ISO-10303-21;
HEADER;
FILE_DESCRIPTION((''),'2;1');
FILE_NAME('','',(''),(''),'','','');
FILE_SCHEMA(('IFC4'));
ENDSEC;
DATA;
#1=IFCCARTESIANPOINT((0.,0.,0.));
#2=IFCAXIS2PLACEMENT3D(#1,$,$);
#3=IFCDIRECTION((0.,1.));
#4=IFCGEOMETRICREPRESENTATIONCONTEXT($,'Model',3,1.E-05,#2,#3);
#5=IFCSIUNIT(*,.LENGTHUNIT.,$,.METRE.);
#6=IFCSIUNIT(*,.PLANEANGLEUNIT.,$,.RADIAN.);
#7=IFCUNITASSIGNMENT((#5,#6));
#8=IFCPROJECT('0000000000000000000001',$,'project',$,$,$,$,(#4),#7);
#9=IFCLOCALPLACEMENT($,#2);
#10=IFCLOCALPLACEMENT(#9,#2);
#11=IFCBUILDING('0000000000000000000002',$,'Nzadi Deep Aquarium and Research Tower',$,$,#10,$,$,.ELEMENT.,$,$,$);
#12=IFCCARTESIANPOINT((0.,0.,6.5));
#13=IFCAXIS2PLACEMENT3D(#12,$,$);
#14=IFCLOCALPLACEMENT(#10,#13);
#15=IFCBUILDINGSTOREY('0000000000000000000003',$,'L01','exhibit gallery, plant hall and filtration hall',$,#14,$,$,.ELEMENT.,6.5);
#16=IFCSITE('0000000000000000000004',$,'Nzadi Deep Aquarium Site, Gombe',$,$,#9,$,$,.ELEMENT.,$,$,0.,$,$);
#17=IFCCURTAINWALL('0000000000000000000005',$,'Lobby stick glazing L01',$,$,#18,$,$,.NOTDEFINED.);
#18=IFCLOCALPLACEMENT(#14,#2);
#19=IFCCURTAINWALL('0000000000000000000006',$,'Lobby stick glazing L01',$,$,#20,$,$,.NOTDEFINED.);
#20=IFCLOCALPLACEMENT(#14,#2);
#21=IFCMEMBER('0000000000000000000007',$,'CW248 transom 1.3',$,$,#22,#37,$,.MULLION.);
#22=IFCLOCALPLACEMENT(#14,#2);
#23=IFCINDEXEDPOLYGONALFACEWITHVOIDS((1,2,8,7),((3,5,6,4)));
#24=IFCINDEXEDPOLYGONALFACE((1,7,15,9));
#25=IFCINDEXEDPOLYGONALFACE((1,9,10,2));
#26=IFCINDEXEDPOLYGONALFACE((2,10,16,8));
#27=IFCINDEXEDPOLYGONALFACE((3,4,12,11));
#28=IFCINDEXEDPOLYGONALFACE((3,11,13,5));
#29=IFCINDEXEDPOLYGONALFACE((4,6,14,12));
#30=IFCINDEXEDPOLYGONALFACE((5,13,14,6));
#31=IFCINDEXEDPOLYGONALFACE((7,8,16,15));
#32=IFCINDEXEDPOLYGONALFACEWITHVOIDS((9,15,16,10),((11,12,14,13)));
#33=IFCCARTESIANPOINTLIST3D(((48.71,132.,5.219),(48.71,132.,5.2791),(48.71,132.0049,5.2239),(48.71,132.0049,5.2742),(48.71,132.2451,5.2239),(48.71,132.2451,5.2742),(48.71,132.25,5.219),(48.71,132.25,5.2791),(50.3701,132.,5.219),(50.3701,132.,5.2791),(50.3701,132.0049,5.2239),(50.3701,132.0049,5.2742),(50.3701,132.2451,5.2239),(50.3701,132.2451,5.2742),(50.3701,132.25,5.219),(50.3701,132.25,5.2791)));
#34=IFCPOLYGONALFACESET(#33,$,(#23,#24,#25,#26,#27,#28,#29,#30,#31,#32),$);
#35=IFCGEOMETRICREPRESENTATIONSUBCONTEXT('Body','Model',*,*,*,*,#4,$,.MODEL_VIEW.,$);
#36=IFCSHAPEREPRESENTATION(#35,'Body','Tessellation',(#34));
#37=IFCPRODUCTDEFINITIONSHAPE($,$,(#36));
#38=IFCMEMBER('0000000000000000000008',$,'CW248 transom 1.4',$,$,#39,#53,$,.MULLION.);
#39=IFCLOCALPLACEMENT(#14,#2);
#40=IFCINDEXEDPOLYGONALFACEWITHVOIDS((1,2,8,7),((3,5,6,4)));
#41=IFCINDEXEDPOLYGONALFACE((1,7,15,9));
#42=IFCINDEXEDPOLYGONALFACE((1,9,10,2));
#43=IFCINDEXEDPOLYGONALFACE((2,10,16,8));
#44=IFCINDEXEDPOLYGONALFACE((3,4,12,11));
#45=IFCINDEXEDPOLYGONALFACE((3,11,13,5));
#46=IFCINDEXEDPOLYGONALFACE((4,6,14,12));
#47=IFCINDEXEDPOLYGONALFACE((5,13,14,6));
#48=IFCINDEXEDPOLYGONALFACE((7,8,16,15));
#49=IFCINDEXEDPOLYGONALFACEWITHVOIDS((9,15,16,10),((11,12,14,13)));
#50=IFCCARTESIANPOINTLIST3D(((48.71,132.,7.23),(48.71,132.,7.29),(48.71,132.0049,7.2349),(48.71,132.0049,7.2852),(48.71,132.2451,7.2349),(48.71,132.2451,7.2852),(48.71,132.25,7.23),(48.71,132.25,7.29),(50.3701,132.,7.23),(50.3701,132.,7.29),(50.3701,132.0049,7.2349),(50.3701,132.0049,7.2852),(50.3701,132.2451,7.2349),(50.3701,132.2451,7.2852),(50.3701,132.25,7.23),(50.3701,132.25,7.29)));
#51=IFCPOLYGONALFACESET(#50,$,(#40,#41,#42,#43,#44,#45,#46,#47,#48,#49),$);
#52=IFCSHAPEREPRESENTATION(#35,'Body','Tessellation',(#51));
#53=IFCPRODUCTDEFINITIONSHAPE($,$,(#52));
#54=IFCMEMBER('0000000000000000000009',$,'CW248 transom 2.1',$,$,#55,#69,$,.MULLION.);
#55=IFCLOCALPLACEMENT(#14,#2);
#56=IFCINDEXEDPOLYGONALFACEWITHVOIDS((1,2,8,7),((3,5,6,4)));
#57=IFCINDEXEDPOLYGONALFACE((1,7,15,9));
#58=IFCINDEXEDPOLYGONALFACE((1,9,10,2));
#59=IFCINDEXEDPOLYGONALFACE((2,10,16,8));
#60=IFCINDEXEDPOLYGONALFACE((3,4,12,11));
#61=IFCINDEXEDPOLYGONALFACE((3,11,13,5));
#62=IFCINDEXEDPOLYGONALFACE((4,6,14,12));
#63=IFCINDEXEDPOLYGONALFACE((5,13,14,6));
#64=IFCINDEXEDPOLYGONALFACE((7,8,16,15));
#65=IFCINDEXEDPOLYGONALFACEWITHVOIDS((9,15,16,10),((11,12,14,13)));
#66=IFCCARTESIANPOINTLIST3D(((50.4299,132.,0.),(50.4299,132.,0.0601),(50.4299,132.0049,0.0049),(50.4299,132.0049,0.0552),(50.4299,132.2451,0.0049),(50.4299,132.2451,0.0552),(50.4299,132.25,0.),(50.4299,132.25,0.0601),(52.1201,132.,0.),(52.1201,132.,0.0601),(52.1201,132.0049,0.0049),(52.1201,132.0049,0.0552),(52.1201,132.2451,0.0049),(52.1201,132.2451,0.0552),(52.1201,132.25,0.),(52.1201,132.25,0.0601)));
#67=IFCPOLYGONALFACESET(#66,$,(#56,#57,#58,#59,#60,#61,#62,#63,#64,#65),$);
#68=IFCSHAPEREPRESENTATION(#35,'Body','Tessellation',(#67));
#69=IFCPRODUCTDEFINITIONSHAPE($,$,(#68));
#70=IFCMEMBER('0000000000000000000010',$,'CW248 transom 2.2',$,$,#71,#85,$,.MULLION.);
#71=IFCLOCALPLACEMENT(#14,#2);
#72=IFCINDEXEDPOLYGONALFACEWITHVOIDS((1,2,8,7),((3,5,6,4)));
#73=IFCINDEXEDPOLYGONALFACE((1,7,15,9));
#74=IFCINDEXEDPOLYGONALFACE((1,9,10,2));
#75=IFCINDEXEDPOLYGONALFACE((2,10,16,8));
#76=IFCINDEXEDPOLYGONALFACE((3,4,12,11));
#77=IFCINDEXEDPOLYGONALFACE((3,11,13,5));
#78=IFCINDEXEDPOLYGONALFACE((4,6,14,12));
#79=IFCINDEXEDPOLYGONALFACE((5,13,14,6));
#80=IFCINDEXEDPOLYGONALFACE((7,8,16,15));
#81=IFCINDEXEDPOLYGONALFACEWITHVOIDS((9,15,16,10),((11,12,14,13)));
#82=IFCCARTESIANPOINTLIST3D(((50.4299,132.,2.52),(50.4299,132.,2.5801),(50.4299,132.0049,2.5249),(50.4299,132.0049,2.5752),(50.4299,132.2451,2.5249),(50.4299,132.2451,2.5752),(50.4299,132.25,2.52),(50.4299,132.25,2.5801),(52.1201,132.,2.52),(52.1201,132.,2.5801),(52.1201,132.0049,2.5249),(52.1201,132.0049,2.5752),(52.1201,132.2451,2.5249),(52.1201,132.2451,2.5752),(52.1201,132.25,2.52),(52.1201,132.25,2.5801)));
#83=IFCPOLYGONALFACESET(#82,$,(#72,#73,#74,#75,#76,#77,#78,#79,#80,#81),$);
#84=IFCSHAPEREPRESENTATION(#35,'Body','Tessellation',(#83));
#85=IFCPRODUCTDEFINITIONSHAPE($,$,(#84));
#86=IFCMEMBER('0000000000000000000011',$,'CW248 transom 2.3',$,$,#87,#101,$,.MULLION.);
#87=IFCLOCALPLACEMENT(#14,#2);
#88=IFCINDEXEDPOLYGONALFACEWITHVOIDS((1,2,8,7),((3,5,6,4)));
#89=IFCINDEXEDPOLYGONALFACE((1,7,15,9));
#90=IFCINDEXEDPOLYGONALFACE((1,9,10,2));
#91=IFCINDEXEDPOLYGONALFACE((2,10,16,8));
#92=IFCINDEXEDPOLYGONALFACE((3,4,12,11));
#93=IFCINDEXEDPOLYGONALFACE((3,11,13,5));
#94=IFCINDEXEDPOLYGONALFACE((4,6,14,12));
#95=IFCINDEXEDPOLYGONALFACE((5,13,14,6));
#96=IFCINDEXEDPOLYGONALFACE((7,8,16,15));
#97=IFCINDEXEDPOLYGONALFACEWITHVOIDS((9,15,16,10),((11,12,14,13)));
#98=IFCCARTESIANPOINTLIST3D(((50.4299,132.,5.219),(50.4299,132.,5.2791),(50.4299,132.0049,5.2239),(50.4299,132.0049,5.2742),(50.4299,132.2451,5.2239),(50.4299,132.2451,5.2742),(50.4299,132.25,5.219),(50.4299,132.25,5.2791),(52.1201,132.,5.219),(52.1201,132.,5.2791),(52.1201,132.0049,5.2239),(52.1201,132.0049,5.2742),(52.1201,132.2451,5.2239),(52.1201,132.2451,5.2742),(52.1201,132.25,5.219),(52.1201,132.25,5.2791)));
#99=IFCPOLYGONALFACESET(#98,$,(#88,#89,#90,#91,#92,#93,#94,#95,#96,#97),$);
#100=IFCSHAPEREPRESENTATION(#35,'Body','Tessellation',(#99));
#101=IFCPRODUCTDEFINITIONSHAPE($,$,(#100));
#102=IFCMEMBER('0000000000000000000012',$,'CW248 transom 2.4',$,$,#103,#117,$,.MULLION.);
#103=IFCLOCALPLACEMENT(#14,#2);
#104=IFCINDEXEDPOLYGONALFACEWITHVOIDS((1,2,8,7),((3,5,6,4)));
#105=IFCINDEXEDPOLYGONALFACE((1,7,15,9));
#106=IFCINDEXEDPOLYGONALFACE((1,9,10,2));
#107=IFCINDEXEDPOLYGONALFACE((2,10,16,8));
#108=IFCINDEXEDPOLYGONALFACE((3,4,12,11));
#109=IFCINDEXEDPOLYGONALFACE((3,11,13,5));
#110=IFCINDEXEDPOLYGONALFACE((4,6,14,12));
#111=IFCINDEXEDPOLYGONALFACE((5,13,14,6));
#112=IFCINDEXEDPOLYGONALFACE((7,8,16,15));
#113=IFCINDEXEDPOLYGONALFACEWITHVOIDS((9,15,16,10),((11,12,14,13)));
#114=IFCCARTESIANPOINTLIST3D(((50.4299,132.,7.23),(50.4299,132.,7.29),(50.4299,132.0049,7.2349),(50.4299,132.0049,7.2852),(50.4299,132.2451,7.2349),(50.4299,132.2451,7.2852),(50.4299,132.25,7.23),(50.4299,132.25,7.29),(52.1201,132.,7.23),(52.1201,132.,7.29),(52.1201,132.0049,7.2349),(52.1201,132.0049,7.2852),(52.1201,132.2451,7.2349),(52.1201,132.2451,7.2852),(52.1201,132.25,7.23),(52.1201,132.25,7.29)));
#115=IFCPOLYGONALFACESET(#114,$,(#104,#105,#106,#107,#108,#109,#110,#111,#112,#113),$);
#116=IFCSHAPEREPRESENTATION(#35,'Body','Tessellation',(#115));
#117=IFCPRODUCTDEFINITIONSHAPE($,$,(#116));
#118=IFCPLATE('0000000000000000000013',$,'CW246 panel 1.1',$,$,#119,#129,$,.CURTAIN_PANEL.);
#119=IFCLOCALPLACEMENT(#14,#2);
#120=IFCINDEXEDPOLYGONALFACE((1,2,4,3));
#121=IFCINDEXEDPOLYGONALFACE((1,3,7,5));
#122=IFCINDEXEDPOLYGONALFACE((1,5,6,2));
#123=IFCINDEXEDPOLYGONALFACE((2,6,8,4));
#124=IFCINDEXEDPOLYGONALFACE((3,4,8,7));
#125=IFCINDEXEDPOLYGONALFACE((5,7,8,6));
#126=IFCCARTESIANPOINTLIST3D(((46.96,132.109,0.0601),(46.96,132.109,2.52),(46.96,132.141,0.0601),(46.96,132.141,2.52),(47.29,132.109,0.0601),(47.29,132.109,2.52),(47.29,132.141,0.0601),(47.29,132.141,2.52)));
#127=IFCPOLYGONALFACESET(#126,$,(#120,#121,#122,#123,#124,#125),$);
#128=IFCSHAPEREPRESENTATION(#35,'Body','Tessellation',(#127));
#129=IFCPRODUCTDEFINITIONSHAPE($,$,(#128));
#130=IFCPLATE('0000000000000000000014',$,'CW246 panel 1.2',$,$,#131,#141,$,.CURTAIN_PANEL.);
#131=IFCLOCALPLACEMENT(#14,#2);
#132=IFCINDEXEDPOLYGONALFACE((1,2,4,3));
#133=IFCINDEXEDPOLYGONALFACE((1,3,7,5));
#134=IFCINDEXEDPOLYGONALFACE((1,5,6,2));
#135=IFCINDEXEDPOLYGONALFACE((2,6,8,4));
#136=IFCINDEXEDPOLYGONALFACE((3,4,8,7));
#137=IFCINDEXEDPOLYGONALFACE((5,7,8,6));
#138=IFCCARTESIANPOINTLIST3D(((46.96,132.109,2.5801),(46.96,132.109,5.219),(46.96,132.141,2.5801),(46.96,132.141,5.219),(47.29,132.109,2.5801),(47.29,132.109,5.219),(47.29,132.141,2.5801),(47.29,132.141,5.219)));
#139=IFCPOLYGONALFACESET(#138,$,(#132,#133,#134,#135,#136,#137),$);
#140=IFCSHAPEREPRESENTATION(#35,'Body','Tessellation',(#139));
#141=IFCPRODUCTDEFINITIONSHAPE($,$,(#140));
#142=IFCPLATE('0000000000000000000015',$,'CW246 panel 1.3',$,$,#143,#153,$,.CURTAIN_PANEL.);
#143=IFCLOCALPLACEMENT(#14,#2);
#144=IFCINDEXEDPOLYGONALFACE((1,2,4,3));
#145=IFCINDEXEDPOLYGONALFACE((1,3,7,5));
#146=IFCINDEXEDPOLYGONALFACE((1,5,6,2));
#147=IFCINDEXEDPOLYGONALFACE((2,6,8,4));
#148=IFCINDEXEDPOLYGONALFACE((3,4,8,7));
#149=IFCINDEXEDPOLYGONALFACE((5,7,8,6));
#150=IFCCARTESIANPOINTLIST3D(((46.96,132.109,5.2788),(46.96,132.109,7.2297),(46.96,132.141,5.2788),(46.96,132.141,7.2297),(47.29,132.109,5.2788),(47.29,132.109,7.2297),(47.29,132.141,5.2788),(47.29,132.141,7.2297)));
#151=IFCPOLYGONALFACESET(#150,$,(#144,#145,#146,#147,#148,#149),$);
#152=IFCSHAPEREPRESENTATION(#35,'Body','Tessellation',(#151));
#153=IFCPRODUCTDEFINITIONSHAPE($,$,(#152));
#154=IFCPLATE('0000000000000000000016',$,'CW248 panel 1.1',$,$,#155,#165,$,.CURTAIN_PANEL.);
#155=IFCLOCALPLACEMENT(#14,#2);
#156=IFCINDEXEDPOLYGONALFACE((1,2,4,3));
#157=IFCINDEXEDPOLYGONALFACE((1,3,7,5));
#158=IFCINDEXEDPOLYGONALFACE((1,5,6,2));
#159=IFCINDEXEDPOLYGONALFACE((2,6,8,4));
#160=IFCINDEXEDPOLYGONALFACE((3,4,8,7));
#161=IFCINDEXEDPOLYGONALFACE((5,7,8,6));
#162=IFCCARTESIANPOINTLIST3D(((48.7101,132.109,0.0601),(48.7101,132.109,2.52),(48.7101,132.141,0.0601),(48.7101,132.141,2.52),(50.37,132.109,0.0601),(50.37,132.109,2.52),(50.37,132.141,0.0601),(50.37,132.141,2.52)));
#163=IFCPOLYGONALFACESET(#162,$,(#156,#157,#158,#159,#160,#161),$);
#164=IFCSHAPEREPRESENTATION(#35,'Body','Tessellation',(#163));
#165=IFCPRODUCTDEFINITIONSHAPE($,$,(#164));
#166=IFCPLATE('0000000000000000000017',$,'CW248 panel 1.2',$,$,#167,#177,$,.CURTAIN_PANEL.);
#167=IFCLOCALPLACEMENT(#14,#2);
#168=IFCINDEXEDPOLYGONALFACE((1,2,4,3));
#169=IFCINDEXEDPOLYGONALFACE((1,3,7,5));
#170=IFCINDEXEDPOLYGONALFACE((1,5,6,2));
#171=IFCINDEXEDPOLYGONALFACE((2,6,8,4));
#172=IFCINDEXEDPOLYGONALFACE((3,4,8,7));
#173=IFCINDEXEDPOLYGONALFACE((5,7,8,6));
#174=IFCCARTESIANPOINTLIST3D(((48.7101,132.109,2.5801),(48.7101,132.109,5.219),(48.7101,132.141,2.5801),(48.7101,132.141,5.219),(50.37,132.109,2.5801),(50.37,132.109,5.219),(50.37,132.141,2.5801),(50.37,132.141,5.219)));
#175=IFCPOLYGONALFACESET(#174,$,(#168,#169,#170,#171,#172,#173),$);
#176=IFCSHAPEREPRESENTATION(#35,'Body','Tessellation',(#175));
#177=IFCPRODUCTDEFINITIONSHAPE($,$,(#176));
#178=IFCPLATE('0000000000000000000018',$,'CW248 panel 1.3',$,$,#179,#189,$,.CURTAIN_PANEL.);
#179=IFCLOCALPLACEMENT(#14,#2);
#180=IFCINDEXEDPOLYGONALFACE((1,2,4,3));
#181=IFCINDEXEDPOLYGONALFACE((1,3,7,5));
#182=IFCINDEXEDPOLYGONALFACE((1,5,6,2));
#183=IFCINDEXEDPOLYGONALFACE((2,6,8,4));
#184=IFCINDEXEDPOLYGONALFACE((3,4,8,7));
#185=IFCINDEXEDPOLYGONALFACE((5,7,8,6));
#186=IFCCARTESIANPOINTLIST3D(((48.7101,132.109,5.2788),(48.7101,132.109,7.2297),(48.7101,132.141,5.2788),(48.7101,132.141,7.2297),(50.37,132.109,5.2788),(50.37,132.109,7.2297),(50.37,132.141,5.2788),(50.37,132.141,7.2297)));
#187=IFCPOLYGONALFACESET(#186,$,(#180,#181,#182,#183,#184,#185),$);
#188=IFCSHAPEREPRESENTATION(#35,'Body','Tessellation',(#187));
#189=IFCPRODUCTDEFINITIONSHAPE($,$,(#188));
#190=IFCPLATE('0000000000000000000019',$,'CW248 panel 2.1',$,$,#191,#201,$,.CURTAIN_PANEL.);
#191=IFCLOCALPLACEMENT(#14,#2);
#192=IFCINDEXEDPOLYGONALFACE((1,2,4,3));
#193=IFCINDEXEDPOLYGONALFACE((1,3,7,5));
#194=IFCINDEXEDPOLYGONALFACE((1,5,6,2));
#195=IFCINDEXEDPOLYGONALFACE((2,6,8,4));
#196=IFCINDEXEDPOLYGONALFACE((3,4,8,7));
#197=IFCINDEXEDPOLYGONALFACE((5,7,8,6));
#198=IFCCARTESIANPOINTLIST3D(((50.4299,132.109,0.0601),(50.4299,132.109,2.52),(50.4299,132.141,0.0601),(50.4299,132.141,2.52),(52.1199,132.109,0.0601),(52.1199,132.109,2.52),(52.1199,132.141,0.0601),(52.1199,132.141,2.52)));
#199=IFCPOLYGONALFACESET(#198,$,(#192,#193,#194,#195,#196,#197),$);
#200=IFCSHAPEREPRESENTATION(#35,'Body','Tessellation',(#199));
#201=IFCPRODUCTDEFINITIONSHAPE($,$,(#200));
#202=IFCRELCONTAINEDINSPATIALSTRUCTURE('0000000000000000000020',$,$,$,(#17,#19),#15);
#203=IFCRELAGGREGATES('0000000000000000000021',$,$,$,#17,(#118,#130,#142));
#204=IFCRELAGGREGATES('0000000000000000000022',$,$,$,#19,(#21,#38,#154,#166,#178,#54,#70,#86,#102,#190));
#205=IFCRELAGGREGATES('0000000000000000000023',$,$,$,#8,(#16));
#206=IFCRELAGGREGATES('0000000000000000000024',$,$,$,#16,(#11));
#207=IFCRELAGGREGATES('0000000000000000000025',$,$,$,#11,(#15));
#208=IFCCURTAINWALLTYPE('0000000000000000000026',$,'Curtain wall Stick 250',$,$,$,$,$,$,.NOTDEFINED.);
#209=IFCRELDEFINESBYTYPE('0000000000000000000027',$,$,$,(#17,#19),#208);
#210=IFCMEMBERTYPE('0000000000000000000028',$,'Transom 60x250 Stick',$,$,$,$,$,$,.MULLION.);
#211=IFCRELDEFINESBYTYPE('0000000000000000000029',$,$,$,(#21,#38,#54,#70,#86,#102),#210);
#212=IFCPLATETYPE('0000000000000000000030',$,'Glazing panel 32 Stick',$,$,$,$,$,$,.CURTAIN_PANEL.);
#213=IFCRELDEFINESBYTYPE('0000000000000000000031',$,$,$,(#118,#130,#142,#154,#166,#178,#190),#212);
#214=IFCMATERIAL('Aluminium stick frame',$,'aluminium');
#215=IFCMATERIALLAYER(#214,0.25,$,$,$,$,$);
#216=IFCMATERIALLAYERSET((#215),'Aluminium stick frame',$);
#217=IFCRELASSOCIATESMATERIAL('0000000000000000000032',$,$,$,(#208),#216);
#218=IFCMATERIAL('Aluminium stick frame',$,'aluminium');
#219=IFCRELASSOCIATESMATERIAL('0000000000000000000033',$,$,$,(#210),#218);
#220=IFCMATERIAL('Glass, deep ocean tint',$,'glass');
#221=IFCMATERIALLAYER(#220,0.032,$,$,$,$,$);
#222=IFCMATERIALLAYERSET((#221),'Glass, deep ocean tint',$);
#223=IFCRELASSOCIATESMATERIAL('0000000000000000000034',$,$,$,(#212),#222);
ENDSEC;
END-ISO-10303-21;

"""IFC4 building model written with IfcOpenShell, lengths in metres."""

from ifc_helpers import new_model, si_unit, direction, frame, origin, origin_2d, place, context, subcontext, project, spatial, rectangle, hollow_rectangle, extrude, material, layer, layer_set, material_profile, profile_set, type_object, element, aggregate, save


model = new_model("IFC4")

# Units and contexts
model_context = context("Model", 3, precision=1e-05, world=origin(), true_north=direction((0.0, 1.0)))
body_context = subcontext(model_context, "Body", "Model", "MODEL_VIEW")
ifc_project = project(units=[si_unit("LENGTHUNIT", "METRE"), si_unit("PLANEANGLEUNIT", "RADIAN")], contexts=[model_context])

# Site, building, storey
site_placement = place(None, origin())
site = spatial("IfcSite", under=ifc_project, at=site_placement, Name="Nzadi Deep Aquarium Site, Gombe", CompositionType="ELEMENT", RefElevation=0.0)
building_placement = place(site_placement, origin())
building = spatial("IfcBuilding", under=site, at=building_placement, Name="Nzadi Deep Aquarium and Research Tower", CompositionType="ELEMENT")
storey_placement = place(building_placement, frame((0.0, 0.0, 6.5)))
storey = spatial("IfcBuildingStorey", under=building, at=storey_placement, Name="L01", Description="exhibit gallery, plant hall and filtration hall", CompositionType="ELEMENT", Elevation=6.5)

# Curtain wall
ifc_material_1 = material(Name="Aluminium stick frame", Category="aluminium")
ifc_layer_1 = layer(ifc_material_1, 0.25)
ifc_layer_set_1 = layer_set([ifc_layer_1], Name="Aluminium stick frame")
curtain_wall_type = type_object("IfcCurtainWallType", Name="Curtain wall Stick 250", PredefinedType="NOTDEFINED", material=ifc_layer_set_1)
curtain_wall_1_placement = place(storey_placement, origin())
curtain_wall_1 = element("IfcCurtainWall", 1, at=curtain_wall_1_placement, inside=storey, type_object=curtain_wall_type, Name="Lobby stick glazing L01", PredefinedType="NOTDEFINED")

# Curtain wall
curtain_wall_2_placement = place(storey_placement, origin())
curtain_wall_2 = element("IfcCurtainWall", 2, at=curtain_wall_2_placement, inside=storey, type_object=curtain_wall_type, Name="Lobby stick glazing L01", PredefinedType="NOTDEFINED")

# Members
ifc_material_2 = material(Name="Aluminium stick frame", Category="aluminium")
ifc_material_profile_1 = material_profile(ifc_material_2, hollow_rectangle(XDim=0.25, YDim=0.0601, WallThickness=0.0049, at=origin_2d()))
ifc_profile_set_1 = profile_set([ifc_material_profile_1], Name="Aluminium stick frame")
member_type_1 = type_object("IfcMemberType", Name="Transom 60x250 Stick", PredefinedType="MULLION", material=ifc_profile_set_1)
member_1_placement = place(storey_placement, frame((48.71, 132.125, 5.249), z_axis=(1.0, 0.0, 0.0), x_axis=(0.0, 1.0, 0.0)))
member_1 = element("IfcMember", 3, at=member_1_placement, type_object=member_type_1, Name="CW248 transom 1.3", PredefinedType="MULLION", context=body_context, shape_type="SweptSolid", body=[
    extrude(hollow_rectangle(XDim=0.25, YDim=0.0601, WallThickness=0.0049, at=origin_2d()), origin(), (0.0, 0.0, 1.0), 1.6602),
])
member_2_placement = place(storey_placement, frame((48.71, 132.125, 7.26), z_axis=(1.0, 0.0, 0.0), x_axis=(0.0, 1.0, 0.0)))
member_2 = element("IfcMember", 4, at=member_2_placement, type_object=member_type_1, Name="CW248 transom 1.4", PredefinedType="MULLION", context=body_context, shape_type="SweptSolid", body=[
    extrude(hollow_rectangle(XDim=0.25, YDim=0.0601, WallThickness=0.0049, at=origin_2d()), origin(), (0.0, 0.0, 1.0), 1.6602),
])
member_3_placement = place(storey_placement, frame((50.4299, 132.125, 0.03), z_axis=(1.0, 0.0, 0.0), x_axis=(0.0, 1.0, 0.0)))
member_3 = element("IfcMember", 5, at=member_3_placement, type_object=member_type_1, Name="CW248 transom 2.1", PredefinedType="MULLION", context=body_context, shape_type="SweptSolid", body=[
    extrude(hollow_rectangle(XDim=0.25, YDim=0.0601, WallThickness=0.0049, at=origin_2d()), origin(), (0.0, 0.0, 1.0), 1.6902),
])
member_4_placement = place(storey_placement, frame((50.4299, 132.125, 2.55), z_axis=(1.0, 0.0, 0.0), x_axis=(0.0, 1.0, 0.0)))
member_4 = element("IfcMember", 6, at=member_4_placement, type_object=member_type_1, Name="CW248 transom 2.2", PredefinedType="MULLION", context=body_context, shape_type="SweptSolid", body=[
    extrude(hollow_rectangle(XDim=0.25, YDim=0.0601, WallThickness=0.0049, at=origin_2d()), origin(), (0.0, 0.0, 1.0), 1.6902),
])
member_5_placement = place(storey_placement, frame((50.4299, 132.125, 5.249), z_axis=(1.0, 0.0, 0.0), x_axis=(0.0, 1.0, 0.0)))
member_5 = element("IfcMember", 7, at=member_5_placement, type_object=member_type_1, Name="CW248 transom 2.3", PredefinedType="MULLION", context=body_context, shape_type="SweptSolid", body=[
    extrude(hollow_rectangle(XDim=0.25, YDim=0.0601, WallThickness=0.0049, at=origin_2d()), origin(), (0.0, 0.0, 1.0), 1.6902),
])
member_6_placement = place(storey_placement, frame((50.4299, 132.125, 7.26), z_axis=(1.0, 0.0, 0.0), x_axis=(0.0, 1.0, 0.0)))
member_6 = element("IfcMember", 8, at=member_6_placement, type_object=member_type_1, Name="CW248 transom 2.4", PredefinedType="MULLION", context=body_context, shape_type="SweptSolid", body=[
    extrude(hollow_rectangle(XDim=0.25, YDim=0.0601, WallThickness=0.0049, at=origin_2d()), origin(), (0.0, 0.0, 1.0), 1.6902),
])

# Plates
ifc_material_3 = material(Name="Glass, deep ocean tint", Category="glass")
ifc_layer_2 = layer(ifc_material_3, 0.032)
ifc_layer_set_2 = layer_set([ifc_layer_2], Name="Glass, deep ocean tint")
plate_type = type_object("IfcPlateType", Name="Glazing panel 32 Stick", PredefinedType="CURTAIN_PANEL", material=ifc_layer_set_2)
plate_1_placement = place(storey_placement, frame((47.125, 132.125, 0.0601), z_axis=(0.0, 0.0, 1.0), x_axis=(1.0, 0.0, 0.0)))
plate_1 = element("IfcPlate", 9, at=plate_1_placement, type_object=plate_type, Name="CW246 panel 1.1", PredefinedType="CURTAIN_PANEL", context=body_context, shape_type="SweptSolid", body=[
    extrude(rectangle(XDim=0.3301, YDim=0.032, at=origin_2d()), origin(), (0.0, 0.0, 1.0), 2.46),
])
plate_2_placement = place(storey_placement, frame((47.125, 132.125, 2.5801), z_axis=(0.0, 0.0, 1.0), x_axis=(1.0, 0.0, 0.0)))
plate_2 = element("IfcPlate", 10, at=plate_2_placement, type_object=plate_type, Name="CW246 panel 1.2", PredefinedType="CURTAIN_PANEL", context=body_context, shape_type="SweptSolid", body=[
    extrude(rectangle(XDim=0.3301, YDim=0.032, at=origin_2d()), origin(), (0.0, 0.0, 1.0), 2.6389),
])
plate_3_placement = place(storey_placement, frame((47.125, 132.125, 5.2788), z_axis=(0.0, 0.0, 1.0), x_axis=(1.0, 0.0, 0.0)))
plate_3 = element("IfcPlate", 11, at=plate_3_placement, type_object=plate_type, Name="CW246 panel 1.3", PredefinedType="CURTAIN_PANEL", context=body_context, shape_type="SweptSolid", body=[
    extrude(rectangle(XDim=0.3301, YDim=0.032, at=origin_2d()), origin(), (0.0, 0.0, 1.0), 1.9509),
])
aggregate(curtain_wall_1, [plate_1, plate_2, plate_3])
plate_4_placement = place(storey_placement, frame((49.54, 132.125, 0.0601), z_axis=(0.0, 0.0, 1.0), x_axis=(1.0, 0.0, 0.0)))
plate_4 = element("IfcPlate", 12, at=plate_4_placement, type_object=plate_type, Name="CW248 panel 1.1", PredefinedType="CURTAIN_PANEL", context=body_context, shape_type="SweptSolid", body=[
    extrude(rectangle(XDim=1.6599, YDim=0.032, at=origin_2d()), origin(), (0.0, 0.0, 1.0), 2.46),
])
plate_5_placement = place(storey_placement, frame((49.54, 132.125, 2.5801), z_axis=(0.0, 0.0, 1.0), x_axis=(1.0, 0.0, 0.0)))
plate_5 = element("IfcPlate", 13, at=plate_5_placement, type_object=plate_type, Name="CW248 panel 1.2", PredefinedType="CURTAIN_PANEL", context=body_context, shape_type="SweptSolid", body=[
    extrude(rectangle(XDim=1.6599, YDim=0.032, at=origin_2d()), origin(), (0.0, 0.0, 1.0), 2.6389),
])
plate_6_placement = place(storey_placement, frame((49.54, 132.125, 5.2788), z_axis=(0.0, 0.0, 1.0), x_axis=(1.0, 0.0, 0.0)))
plate_6 = element("IfcPlate", 14, at=plate_6_placement, type_object=plate_type, Name="CW248 panel 1.3", PredefinedType="CURTAIN_PANEL", context=body_context, shape_type="SweptSolid", body=[
    extrude(rectangle(XDim=1.6599, YDim=0.032, at=origin_2d()), origin(), (0.0, 0.0, 1.0), 1.9509),
])
plate_7_placement = place(storey_placement, frame((51.2749, 132.125, 0.0601), z_axis=(0.0, 0.0, 1.0), x_axis=(1.0, 0.0, 0.0)))
plate_7 = element("IfcPlate", 15, at=plate_7_placement, type_object=plate_type, Name="CW248 panel 2.1", PredefinedType="CURTAIN_PANEL", context=body_context, shape_type="SweptSolid", body=[
    extrude(rectangle(XDim=1.6899, YDim=0.032, at=origin_2d()), origin(), (0.0, 0.0, 1.0), 2.46),
])
aggregate(curtain_wall_2, [member_1, member_2, plate_4, plate_5, plate_6, member_3, member_4, member_5, member_6, plate_7])

save(model, "model.ifc")
